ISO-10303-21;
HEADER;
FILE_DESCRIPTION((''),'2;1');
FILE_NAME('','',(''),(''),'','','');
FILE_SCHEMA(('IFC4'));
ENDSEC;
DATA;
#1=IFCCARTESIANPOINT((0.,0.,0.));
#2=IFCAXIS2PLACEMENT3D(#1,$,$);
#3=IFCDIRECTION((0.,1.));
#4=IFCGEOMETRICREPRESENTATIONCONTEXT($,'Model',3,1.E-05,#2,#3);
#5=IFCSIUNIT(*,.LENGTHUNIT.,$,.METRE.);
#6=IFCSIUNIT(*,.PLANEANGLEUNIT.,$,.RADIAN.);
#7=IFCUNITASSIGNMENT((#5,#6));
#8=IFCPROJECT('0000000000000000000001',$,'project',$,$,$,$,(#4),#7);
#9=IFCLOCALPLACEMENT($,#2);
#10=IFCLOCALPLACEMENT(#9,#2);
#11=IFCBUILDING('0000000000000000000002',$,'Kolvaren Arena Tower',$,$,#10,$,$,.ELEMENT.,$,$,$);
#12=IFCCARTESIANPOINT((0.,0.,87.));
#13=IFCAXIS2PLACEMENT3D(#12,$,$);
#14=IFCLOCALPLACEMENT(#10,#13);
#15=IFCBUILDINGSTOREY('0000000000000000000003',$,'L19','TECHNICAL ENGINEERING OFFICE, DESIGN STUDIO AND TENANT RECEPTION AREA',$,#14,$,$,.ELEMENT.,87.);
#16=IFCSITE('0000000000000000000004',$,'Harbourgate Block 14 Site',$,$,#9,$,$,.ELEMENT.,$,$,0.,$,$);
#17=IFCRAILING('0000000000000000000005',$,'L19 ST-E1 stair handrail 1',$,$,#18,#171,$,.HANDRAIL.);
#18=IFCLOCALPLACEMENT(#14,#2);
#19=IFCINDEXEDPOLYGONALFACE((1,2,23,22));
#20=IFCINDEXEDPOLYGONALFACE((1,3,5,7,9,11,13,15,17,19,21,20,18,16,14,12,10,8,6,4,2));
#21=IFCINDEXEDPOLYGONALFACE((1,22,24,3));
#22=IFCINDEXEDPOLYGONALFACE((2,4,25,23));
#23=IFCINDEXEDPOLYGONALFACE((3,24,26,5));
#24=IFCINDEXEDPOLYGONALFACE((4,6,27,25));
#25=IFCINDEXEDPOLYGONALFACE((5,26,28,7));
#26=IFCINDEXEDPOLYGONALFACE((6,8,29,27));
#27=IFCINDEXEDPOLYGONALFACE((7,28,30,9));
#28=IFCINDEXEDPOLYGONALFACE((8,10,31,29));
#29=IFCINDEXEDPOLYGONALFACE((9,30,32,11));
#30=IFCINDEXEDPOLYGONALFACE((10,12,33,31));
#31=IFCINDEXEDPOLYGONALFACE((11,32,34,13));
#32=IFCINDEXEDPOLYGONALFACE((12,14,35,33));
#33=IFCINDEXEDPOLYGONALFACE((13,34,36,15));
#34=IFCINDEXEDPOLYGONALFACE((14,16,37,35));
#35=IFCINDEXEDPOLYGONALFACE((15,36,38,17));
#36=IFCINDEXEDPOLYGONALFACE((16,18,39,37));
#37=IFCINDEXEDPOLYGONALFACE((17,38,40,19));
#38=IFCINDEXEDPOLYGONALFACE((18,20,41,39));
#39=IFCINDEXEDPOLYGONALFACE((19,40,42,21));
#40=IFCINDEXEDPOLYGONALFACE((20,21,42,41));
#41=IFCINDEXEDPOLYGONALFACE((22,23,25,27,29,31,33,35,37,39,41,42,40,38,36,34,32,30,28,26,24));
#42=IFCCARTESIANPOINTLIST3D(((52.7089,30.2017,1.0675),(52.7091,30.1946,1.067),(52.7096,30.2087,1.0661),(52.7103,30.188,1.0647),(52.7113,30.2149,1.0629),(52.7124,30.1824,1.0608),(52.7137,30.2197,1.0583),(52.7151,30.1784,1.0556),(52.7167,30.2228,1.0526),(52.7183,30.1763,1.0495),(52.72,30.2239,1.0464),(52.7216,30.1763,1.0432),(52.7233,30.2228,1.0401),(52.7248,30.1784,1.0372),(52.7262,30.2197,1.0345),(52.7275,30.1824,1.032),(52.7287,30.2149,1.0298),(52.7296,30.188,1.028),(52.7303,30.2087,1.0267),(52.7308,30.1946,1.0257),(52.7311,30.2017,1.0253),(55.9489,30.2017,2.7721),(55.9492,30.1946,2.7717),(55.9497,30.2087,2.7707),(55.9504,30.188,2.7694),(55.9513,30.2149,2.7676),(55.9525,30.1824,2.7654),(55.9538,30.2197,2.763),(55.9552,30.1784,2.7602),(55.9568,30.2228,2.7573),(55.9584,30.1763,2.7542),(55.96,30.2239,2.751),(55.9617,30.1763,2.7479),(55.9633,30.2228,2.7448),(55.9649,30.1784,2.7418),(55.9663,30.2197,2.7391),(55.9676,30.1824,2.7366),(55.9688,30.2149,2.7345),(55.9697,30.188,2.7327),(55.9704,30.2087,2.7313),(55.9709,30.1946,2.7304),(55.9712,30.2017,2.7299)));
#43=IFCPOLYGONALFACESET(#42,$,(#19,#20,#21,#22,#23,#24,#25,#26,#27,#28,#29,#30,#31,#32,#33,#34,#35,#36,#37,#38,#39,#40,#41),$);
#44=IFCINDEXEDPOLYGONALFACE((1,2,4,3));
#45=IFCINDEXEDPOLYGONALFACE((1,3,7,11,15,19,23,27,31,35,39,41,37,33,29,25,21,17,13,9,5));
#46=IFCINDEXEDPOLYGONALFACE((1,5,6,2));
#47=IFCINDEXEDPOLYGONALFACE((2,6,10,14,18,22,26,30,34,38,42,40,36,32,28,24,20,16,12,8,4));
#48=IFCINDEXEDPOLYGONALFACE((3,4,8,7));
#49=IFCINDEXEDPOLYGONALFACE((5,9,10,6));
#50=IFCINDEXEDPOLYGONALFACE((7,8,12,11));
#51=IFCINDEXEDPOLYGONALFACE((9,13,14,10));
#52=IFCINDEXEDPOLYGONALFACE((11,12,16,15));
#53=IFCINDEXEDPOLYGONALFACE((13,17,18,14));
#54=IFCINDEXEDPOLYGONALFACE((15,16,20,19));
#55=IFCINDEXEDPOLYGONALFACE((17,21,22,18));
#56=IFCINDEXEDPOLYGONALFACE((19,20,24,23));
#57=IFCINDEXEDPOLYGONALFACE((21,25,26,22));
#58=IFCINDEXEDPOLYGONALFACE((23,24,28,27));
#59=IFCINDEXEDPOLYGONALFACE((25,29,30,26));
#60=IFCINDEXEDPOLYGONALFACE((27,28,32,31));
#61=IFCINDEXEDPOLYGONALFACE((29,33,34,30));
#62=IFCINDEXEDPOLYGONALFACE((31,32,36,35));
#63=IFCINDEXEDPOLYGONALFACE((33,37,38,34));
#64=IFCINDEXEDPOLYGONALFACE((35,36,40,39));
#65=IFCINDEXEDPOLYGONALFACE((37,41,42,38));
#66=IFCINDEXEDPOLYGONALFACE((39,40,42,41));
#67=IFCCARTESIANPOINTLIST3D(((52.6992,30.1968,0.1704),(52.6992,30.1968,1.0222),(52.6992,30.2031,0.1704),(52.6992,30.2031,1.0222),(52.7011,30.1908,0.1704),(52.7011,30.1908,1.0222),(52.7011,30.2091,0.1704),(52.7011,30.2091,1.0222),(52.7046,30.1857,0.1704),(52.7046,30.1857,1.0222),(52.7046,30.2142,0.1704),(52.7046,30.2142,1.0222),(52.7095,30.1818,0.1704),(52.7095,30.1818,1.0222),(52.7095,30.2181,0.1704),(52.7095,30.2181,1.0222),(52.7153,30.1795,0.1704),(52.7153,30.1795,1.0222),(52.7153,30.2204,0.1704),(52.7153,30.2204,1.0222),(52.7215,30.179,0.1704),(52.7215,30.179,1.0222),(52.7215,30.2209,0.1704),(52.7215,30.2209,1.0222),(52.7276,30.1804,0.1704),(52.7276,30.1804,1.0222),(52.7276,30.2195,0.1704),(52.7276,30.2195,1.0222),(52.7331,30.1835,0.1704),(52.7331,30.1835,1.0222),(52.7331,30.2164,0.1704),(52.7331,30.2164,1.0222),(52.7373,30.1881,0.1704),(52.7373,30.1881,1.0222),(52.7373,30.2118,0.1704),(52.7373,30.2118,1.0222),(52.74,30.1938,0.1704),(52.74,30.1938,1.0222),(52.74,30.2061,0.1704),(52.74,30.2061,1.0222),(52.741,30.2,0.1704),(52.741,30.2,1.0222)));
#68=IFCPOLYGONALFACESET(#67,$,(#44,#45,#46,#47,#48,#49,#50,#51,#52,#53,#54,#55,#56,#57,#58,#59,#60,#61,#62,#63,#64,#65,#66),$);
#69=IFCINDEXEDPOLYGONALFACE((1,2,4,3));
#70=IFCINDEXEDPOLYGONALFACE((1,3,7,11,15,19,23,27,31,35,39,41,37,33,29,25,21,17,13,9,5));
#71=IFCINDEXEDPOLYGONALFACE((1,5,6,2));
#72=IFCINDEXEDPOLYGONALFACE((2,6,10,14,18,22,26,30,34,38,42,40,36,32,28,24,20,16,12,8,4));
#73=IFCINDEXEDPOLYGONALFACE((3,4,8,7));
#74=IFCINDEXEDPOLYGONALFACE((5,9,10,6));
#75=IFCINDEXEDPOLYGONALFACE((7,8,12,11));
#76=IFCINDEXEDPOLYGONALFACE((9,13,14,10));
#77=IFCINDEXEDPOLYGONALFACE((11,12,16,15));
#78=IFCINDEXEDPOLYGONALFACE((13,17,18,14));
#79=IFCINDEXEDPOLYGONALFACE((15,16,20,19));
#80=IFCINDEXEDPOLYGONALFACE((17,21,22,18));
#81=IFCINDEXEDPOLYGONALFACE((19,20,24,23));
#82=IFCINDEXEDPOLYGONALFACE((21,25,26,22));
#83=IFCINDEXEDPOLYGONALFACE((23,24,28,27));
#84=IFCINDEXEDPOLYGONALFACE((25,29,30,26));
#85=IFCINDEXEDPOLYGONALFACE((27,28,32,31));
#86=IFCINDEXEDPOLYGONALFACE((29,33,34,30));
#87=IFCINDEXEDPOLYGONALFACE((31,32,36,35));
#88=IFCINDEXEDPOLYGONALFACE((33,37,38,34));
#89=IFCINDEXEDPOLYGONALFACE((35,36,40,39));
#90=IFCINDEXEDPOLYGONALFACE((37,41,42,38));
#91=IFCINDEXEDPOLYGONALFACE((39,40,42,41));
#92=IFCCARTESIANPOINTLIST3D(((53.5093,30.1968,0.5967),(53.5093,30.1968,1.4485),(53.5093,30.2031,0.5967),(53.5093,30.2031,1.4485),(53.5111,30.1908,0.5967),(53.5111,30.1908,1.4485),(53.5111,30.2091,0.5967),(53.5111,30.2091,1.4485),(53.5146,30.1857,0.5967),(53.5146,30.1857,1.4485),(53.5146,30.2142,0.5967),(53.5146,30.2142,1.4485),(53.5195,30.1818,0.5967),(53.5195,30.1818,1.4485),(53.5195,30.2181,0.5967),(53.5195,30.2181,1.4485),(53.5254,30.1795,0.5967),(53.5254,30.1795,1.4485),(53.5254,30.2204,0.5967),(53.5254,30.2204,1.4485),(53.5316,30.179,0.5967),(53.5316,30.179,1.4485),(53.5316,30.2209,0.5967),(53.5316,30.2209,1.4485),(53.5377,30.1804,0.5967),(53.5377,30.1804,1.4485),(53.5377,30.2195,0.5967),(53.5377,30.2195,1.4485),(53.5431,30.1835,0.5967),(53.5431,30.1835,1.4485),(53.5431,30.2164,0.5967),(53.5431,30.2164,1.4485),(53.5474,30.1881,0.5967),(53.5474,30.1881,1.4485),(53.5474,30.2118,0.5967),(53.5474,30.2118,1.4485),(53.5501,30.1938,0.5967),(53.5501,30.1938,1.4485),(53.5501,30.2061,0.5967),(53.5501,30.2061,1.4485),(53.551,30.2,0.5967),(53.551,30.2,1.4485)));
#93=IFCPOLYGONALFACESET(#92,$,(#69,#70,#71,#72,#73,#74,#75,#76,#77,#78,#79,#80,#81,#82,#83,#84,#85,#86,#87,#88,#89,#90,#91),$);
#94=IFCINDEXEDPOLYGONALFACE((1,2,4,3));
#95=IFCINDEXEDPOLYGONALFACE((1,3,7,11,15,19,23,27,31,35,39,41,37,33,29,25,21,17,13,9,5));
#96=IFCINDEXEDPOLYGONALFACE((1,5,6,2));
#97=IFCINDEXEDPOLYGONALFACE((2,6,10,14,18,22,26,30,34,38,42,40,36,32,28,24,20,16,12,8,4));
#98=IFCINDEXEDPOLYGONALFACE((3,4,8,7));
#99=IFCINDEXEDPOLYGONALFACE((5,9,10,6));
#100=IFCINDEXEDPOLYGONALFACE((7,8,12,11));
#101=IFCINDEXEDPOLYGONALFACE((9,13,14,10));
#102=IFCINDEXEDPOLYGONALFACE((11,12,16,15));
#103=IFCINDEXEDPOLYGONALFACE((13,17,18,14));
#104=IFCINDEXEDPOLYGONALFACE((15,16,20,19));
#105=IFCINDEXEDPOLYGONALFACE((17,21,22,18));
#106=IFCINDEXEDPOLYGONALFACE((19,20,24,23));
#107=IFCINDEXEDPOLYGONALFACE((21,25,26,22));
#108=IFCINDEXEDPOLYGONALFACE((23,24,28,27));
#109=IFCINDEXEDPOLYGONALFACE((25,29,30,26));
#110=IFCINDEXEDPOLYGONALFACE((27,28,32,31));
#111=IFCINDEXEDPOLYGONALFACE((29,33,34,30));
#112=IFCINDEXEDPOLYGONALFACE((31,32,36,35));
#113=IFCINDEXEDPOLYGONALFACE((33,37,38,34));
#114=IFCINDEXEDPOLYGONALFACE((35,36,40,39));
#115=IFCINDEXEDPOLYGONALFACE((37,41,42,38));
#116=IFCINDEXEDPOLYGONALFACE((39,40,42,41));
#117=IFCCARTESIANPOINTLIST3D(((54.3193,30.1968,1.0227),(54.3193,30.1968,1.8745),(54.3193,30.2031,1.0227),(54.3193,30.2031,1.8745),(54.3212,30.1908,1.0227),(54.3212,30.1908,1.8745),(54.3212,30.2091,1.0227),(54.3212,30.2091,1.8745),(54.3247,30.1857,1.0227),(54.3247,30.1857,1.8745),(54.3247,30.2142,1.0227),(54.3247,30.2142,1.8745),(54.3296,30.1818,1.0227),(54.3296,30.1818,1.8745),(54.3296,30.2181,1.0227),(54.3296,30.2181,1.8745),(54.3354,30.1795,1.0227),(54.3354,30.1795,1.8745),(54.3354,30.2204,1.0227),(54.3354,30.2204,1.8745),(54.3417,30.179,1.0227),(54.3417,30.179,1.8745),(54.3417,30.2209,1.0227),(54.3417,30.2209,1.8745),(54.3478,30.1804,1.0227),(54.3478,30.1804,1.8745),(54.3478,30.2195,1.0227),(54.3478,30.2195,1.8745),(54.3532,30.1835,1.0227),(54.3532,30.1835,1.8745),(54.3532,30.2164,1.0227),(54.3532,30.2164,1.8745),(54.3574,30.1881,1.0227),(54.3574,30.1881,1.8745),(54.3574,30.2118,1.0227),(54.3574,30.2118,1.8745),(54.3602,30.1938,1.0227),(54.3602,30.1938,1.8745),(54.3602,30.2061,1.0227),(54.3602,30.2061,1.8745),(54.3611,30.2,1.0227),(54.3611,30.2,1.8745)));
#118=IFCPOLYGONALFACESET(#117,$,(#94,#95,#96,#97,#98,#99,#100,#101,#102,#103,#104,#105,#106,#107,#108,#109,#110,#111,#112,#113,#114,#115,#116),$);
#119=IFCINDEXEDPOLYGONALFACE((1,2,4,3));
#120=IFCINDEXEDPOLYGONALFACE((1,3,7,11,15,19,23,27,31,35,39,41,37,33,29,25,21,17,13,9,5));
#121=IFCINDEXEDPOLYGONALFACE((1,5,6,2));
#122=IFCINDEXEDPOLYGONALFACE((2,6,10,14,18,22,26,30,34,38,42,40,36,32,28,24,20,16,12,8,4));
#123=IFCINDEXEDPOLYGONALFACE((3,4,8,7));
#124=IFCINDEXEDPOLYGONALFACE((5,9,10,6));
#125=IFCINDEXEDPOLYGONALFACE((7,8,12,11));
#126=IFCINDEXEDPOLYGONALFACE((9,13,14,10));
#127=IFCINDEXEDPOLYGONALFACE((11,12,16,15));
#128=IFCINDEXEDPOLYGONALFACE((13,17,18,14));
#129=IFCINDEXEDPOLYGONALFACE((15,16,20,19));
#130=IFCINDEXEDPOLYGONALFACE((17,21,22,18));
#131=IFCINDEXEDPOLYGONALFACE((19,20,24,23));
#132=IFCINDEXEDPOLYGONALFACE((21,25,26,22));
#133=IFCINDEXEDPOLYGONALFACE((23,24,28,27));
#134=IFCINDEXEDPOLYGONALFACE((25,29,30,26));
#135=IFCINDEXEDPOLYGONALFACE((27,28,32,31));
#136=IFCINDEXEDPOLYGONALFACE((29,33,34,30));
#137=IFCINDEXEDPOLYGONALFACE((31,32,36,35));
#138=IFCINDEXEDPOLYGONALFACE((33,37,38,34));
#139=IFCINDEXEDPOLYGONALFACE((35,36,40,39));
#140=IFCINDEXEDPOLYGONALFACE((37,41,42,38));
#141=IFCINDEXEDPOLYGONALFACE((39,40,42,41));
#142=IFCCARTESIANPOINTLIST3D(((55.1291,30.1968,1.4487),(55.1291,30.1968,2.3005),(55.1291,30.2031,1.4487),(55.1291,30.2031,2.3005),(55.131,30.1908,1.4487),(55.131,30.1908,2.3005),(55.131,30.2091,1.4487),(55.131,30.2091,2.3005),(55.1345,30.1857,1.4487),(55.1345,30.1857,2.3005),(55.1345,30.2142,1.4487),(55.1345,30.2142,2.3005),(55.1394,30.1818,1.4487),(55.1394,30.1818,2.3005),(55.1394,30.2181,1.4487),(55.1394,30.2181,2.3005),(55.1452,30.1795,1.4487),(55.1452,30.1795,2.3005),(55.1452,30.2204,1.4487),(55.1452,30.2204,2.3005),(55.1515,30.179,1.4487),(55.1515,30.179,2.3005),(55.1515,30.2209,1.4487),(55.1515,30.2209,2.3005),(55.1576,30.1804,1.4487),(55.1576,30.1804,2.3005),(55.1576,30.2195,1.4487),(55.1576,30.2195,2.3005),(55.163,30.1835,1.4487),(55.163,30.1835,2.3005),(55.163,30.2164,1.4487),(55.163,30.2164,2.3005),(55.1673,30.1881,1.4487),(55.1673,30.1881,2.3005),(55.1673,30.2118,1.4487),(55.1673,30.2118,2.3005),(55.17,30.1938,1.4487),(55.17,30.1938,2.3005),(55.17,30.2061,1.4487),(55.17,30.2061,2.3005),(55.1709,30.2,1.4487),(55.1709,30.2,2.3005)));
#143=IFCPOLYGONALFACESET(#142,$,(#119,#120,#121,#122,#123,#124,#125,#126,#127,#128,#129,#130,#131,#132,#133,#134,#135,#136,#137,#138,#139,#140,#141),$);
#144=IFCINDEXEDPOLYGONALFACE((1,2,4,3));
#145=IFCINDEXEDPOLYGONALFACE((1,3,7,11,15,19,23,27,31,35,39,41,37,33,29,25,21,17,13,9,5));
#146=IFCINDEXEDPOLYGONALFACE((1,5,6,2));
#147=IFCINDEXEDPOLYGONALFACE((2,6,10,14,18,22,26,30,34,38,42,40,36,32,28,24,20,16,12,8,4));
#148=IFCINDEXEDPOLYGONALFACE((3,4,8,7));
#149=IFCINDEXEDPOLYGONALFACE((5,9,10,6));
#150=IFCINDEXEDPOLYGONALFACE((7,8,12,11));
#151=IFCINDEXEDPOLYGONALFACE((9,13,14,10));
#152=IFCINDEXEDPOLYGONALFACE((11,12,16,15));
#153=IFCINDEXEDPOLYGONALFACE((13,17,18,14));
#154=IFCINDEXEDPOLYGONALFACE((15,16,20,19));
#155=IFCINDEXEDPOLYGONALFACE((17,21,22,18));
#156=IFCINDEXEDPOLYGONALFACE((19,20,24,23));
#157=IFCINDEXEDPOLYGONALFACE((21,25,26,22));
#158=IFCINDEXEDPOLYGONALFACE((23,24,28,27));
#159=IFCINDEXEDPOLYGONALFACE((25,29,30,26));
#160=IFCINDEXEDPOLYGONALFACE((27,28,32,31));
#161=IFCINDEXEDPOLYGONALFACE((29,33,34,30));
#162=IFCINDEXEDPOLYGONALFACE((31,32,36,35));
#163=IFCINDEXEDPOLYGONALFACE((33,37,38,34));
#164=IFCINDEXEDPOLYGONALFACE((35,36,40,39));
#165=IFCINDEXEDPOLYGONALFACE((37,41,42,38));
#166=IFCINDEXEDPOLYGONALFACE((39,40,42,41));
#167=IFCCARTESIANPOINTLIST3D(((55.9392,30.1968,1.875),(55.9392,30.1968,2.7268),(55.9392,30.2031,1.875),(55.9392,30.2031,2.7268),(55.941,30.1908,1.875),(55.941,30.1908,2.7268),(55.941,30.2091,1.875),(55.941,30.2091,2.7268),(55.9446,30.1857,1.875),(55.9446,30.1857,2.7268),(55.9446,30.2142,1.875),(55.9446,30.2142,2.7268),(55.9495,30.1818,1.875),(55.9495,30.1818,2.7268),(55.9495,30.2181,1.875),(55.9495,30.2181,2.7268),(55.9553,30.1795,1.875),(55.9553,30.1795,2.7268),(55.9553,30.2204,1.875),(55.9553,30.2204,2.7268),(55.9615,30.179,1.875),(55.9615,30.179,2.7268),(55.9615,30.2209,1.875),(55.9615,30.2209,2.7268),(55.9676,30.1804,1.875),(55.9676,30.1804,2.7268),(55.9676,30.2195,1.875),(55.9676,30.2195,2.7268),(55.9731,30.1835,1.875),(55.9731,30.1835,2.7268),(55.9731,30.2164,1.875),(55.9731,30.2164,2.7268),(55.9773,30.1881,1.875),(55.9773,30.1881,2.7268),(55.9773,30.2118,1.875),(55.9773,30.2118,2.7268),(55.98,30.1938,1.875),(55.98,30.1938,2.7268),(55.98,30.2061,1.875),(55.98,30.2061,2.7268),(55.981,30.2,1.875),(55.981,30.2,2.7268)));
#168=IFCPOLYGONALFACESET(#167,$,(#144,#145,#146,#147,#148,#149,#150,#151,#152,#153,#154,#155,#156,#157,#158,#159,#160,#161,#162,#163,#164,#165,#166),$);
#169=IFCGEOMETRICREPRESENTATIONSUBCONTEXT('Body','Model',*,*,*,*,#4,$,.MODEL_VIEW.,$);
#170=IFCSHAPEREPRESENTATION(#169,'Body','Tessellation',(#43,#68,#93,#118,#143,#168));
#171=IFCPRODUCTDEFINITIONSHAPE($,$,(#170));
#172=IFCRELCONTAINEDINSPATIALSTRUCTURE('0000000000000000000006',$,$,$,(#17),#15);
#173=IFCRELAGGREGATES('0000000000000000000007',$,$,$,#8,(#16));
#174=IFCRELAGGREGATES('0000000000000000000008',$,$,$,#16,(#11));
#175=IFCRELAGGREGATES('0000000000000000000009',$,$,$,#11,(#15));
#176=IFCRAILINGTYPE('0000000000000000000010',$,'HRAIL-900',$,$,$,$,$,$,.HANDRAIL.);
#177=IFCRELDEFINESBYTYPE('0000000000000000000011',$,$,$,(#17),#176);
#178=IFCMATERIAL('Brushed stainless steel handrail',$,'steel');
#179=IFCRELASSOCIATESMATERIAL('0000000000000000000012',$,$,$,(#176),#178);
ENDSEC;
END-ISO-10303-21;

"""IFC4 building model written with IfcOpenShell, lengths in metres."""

from ifc_helpers import new_model, si_unit, direction, frame, origin, origin_2d, place, context, subcontext, project, spatial, circle, extrude, material, type_object, element, save


model = new_model("IFC4")

# Units and contexts
model_context = context("Model", 3, precision=1e-05, world=origin(), true_north=direction((0.0, 1.0)))
body_context = subcontext(model_context, "Body", "Model", "MODEL_VIEW")
ifc_project = project(units=[si_unit("LENGTHUNIT", "METRE"), si_unit("PLANEANGLEUNIT", "RADIAN")], contexts=[model_context])

# Site, building, storey
site_placement = place(None, origin())
site = spatial("IfcSite", under=ifc_project, at=site_placement, Name="Harbourgate Block 14 Site", CompositionType="ELEMENT", RefElevation=0.0)
building_placement = place(site_placement, origin())
building = spatial("IfcBuilding", under=site, at=building_placement, Name="Kolvaren Arena Tower", CompositionType="ELEMENT")
storey_placement = place(building_placement, frame((0.0, 0.0, 87.0)))
storey = spatial("IfcBuildingStorey", under=building, at=storey_placement, Name="L19", Description="TECHNICAL ENGINEERING OFFICE, DESIGN STUDIO AND TENANT RECEPTION AREA", CompositionType="ELEMENT", Elevation=87.0)

# Railing
ifc_material_1 = material(Name="Brushed stainless steel handrail", Category="steel")
railing_type_1 = type_object("IfcRailingType", Name="HRAIL-900", PredefinedType="HANDRAIL", material=ifc_material_1)
railing_1_placement = place(storey_placement, frame((52.72, 30.2, 0.1704)))
element("IfcRailing", 1, at=railing_1_placement, inside=storey, type_object=railing_type_1, Name="L19 ST-E1 stair handrail 1", PredefinedType="HANDRAIL", context=body_context, shape_type="SweptSolid", body=[
    extrude(circle(Radius=0.0239, at=origin_2d()), frame((0.0, 0.0, 0.876), z_axis=(0.884993, 0.0, 0.465604), x_axis=(0.0, 1.0, 0.0)), (0.0, 0.0, 1.0), 3.6611),
    extrude(circle(Radius=0.021, at=origin_2d()), origin(), (0.0, 0.0, 1.0), 0.8518),
    extrude(circle(Radius=0.021, at=origin_2d()), frame((0.8101, 0.0, 0.4263)), (0.0, 0.0, 1.0), 0.8518),
    extrude(circle(Radius=0.021, at=origin_2d()), frame((1.6201, 0.0, 0.8523)), (0.0, 0.0, 1.0), 0.8518),
    extrude(circle(Radius=0.021, at=origin_2d()), frame((2.4299, 0.0, 1.2783)), (0.0, 0.0, 1.0), 0.8518),
    extrude(circle(Radius=0.021, at=origin_2d()), frame((3.24, 0.0, 1.7046)), (0.0, 0.0, 1.0), 0.8518),
])

save(model, "model.ifc")
